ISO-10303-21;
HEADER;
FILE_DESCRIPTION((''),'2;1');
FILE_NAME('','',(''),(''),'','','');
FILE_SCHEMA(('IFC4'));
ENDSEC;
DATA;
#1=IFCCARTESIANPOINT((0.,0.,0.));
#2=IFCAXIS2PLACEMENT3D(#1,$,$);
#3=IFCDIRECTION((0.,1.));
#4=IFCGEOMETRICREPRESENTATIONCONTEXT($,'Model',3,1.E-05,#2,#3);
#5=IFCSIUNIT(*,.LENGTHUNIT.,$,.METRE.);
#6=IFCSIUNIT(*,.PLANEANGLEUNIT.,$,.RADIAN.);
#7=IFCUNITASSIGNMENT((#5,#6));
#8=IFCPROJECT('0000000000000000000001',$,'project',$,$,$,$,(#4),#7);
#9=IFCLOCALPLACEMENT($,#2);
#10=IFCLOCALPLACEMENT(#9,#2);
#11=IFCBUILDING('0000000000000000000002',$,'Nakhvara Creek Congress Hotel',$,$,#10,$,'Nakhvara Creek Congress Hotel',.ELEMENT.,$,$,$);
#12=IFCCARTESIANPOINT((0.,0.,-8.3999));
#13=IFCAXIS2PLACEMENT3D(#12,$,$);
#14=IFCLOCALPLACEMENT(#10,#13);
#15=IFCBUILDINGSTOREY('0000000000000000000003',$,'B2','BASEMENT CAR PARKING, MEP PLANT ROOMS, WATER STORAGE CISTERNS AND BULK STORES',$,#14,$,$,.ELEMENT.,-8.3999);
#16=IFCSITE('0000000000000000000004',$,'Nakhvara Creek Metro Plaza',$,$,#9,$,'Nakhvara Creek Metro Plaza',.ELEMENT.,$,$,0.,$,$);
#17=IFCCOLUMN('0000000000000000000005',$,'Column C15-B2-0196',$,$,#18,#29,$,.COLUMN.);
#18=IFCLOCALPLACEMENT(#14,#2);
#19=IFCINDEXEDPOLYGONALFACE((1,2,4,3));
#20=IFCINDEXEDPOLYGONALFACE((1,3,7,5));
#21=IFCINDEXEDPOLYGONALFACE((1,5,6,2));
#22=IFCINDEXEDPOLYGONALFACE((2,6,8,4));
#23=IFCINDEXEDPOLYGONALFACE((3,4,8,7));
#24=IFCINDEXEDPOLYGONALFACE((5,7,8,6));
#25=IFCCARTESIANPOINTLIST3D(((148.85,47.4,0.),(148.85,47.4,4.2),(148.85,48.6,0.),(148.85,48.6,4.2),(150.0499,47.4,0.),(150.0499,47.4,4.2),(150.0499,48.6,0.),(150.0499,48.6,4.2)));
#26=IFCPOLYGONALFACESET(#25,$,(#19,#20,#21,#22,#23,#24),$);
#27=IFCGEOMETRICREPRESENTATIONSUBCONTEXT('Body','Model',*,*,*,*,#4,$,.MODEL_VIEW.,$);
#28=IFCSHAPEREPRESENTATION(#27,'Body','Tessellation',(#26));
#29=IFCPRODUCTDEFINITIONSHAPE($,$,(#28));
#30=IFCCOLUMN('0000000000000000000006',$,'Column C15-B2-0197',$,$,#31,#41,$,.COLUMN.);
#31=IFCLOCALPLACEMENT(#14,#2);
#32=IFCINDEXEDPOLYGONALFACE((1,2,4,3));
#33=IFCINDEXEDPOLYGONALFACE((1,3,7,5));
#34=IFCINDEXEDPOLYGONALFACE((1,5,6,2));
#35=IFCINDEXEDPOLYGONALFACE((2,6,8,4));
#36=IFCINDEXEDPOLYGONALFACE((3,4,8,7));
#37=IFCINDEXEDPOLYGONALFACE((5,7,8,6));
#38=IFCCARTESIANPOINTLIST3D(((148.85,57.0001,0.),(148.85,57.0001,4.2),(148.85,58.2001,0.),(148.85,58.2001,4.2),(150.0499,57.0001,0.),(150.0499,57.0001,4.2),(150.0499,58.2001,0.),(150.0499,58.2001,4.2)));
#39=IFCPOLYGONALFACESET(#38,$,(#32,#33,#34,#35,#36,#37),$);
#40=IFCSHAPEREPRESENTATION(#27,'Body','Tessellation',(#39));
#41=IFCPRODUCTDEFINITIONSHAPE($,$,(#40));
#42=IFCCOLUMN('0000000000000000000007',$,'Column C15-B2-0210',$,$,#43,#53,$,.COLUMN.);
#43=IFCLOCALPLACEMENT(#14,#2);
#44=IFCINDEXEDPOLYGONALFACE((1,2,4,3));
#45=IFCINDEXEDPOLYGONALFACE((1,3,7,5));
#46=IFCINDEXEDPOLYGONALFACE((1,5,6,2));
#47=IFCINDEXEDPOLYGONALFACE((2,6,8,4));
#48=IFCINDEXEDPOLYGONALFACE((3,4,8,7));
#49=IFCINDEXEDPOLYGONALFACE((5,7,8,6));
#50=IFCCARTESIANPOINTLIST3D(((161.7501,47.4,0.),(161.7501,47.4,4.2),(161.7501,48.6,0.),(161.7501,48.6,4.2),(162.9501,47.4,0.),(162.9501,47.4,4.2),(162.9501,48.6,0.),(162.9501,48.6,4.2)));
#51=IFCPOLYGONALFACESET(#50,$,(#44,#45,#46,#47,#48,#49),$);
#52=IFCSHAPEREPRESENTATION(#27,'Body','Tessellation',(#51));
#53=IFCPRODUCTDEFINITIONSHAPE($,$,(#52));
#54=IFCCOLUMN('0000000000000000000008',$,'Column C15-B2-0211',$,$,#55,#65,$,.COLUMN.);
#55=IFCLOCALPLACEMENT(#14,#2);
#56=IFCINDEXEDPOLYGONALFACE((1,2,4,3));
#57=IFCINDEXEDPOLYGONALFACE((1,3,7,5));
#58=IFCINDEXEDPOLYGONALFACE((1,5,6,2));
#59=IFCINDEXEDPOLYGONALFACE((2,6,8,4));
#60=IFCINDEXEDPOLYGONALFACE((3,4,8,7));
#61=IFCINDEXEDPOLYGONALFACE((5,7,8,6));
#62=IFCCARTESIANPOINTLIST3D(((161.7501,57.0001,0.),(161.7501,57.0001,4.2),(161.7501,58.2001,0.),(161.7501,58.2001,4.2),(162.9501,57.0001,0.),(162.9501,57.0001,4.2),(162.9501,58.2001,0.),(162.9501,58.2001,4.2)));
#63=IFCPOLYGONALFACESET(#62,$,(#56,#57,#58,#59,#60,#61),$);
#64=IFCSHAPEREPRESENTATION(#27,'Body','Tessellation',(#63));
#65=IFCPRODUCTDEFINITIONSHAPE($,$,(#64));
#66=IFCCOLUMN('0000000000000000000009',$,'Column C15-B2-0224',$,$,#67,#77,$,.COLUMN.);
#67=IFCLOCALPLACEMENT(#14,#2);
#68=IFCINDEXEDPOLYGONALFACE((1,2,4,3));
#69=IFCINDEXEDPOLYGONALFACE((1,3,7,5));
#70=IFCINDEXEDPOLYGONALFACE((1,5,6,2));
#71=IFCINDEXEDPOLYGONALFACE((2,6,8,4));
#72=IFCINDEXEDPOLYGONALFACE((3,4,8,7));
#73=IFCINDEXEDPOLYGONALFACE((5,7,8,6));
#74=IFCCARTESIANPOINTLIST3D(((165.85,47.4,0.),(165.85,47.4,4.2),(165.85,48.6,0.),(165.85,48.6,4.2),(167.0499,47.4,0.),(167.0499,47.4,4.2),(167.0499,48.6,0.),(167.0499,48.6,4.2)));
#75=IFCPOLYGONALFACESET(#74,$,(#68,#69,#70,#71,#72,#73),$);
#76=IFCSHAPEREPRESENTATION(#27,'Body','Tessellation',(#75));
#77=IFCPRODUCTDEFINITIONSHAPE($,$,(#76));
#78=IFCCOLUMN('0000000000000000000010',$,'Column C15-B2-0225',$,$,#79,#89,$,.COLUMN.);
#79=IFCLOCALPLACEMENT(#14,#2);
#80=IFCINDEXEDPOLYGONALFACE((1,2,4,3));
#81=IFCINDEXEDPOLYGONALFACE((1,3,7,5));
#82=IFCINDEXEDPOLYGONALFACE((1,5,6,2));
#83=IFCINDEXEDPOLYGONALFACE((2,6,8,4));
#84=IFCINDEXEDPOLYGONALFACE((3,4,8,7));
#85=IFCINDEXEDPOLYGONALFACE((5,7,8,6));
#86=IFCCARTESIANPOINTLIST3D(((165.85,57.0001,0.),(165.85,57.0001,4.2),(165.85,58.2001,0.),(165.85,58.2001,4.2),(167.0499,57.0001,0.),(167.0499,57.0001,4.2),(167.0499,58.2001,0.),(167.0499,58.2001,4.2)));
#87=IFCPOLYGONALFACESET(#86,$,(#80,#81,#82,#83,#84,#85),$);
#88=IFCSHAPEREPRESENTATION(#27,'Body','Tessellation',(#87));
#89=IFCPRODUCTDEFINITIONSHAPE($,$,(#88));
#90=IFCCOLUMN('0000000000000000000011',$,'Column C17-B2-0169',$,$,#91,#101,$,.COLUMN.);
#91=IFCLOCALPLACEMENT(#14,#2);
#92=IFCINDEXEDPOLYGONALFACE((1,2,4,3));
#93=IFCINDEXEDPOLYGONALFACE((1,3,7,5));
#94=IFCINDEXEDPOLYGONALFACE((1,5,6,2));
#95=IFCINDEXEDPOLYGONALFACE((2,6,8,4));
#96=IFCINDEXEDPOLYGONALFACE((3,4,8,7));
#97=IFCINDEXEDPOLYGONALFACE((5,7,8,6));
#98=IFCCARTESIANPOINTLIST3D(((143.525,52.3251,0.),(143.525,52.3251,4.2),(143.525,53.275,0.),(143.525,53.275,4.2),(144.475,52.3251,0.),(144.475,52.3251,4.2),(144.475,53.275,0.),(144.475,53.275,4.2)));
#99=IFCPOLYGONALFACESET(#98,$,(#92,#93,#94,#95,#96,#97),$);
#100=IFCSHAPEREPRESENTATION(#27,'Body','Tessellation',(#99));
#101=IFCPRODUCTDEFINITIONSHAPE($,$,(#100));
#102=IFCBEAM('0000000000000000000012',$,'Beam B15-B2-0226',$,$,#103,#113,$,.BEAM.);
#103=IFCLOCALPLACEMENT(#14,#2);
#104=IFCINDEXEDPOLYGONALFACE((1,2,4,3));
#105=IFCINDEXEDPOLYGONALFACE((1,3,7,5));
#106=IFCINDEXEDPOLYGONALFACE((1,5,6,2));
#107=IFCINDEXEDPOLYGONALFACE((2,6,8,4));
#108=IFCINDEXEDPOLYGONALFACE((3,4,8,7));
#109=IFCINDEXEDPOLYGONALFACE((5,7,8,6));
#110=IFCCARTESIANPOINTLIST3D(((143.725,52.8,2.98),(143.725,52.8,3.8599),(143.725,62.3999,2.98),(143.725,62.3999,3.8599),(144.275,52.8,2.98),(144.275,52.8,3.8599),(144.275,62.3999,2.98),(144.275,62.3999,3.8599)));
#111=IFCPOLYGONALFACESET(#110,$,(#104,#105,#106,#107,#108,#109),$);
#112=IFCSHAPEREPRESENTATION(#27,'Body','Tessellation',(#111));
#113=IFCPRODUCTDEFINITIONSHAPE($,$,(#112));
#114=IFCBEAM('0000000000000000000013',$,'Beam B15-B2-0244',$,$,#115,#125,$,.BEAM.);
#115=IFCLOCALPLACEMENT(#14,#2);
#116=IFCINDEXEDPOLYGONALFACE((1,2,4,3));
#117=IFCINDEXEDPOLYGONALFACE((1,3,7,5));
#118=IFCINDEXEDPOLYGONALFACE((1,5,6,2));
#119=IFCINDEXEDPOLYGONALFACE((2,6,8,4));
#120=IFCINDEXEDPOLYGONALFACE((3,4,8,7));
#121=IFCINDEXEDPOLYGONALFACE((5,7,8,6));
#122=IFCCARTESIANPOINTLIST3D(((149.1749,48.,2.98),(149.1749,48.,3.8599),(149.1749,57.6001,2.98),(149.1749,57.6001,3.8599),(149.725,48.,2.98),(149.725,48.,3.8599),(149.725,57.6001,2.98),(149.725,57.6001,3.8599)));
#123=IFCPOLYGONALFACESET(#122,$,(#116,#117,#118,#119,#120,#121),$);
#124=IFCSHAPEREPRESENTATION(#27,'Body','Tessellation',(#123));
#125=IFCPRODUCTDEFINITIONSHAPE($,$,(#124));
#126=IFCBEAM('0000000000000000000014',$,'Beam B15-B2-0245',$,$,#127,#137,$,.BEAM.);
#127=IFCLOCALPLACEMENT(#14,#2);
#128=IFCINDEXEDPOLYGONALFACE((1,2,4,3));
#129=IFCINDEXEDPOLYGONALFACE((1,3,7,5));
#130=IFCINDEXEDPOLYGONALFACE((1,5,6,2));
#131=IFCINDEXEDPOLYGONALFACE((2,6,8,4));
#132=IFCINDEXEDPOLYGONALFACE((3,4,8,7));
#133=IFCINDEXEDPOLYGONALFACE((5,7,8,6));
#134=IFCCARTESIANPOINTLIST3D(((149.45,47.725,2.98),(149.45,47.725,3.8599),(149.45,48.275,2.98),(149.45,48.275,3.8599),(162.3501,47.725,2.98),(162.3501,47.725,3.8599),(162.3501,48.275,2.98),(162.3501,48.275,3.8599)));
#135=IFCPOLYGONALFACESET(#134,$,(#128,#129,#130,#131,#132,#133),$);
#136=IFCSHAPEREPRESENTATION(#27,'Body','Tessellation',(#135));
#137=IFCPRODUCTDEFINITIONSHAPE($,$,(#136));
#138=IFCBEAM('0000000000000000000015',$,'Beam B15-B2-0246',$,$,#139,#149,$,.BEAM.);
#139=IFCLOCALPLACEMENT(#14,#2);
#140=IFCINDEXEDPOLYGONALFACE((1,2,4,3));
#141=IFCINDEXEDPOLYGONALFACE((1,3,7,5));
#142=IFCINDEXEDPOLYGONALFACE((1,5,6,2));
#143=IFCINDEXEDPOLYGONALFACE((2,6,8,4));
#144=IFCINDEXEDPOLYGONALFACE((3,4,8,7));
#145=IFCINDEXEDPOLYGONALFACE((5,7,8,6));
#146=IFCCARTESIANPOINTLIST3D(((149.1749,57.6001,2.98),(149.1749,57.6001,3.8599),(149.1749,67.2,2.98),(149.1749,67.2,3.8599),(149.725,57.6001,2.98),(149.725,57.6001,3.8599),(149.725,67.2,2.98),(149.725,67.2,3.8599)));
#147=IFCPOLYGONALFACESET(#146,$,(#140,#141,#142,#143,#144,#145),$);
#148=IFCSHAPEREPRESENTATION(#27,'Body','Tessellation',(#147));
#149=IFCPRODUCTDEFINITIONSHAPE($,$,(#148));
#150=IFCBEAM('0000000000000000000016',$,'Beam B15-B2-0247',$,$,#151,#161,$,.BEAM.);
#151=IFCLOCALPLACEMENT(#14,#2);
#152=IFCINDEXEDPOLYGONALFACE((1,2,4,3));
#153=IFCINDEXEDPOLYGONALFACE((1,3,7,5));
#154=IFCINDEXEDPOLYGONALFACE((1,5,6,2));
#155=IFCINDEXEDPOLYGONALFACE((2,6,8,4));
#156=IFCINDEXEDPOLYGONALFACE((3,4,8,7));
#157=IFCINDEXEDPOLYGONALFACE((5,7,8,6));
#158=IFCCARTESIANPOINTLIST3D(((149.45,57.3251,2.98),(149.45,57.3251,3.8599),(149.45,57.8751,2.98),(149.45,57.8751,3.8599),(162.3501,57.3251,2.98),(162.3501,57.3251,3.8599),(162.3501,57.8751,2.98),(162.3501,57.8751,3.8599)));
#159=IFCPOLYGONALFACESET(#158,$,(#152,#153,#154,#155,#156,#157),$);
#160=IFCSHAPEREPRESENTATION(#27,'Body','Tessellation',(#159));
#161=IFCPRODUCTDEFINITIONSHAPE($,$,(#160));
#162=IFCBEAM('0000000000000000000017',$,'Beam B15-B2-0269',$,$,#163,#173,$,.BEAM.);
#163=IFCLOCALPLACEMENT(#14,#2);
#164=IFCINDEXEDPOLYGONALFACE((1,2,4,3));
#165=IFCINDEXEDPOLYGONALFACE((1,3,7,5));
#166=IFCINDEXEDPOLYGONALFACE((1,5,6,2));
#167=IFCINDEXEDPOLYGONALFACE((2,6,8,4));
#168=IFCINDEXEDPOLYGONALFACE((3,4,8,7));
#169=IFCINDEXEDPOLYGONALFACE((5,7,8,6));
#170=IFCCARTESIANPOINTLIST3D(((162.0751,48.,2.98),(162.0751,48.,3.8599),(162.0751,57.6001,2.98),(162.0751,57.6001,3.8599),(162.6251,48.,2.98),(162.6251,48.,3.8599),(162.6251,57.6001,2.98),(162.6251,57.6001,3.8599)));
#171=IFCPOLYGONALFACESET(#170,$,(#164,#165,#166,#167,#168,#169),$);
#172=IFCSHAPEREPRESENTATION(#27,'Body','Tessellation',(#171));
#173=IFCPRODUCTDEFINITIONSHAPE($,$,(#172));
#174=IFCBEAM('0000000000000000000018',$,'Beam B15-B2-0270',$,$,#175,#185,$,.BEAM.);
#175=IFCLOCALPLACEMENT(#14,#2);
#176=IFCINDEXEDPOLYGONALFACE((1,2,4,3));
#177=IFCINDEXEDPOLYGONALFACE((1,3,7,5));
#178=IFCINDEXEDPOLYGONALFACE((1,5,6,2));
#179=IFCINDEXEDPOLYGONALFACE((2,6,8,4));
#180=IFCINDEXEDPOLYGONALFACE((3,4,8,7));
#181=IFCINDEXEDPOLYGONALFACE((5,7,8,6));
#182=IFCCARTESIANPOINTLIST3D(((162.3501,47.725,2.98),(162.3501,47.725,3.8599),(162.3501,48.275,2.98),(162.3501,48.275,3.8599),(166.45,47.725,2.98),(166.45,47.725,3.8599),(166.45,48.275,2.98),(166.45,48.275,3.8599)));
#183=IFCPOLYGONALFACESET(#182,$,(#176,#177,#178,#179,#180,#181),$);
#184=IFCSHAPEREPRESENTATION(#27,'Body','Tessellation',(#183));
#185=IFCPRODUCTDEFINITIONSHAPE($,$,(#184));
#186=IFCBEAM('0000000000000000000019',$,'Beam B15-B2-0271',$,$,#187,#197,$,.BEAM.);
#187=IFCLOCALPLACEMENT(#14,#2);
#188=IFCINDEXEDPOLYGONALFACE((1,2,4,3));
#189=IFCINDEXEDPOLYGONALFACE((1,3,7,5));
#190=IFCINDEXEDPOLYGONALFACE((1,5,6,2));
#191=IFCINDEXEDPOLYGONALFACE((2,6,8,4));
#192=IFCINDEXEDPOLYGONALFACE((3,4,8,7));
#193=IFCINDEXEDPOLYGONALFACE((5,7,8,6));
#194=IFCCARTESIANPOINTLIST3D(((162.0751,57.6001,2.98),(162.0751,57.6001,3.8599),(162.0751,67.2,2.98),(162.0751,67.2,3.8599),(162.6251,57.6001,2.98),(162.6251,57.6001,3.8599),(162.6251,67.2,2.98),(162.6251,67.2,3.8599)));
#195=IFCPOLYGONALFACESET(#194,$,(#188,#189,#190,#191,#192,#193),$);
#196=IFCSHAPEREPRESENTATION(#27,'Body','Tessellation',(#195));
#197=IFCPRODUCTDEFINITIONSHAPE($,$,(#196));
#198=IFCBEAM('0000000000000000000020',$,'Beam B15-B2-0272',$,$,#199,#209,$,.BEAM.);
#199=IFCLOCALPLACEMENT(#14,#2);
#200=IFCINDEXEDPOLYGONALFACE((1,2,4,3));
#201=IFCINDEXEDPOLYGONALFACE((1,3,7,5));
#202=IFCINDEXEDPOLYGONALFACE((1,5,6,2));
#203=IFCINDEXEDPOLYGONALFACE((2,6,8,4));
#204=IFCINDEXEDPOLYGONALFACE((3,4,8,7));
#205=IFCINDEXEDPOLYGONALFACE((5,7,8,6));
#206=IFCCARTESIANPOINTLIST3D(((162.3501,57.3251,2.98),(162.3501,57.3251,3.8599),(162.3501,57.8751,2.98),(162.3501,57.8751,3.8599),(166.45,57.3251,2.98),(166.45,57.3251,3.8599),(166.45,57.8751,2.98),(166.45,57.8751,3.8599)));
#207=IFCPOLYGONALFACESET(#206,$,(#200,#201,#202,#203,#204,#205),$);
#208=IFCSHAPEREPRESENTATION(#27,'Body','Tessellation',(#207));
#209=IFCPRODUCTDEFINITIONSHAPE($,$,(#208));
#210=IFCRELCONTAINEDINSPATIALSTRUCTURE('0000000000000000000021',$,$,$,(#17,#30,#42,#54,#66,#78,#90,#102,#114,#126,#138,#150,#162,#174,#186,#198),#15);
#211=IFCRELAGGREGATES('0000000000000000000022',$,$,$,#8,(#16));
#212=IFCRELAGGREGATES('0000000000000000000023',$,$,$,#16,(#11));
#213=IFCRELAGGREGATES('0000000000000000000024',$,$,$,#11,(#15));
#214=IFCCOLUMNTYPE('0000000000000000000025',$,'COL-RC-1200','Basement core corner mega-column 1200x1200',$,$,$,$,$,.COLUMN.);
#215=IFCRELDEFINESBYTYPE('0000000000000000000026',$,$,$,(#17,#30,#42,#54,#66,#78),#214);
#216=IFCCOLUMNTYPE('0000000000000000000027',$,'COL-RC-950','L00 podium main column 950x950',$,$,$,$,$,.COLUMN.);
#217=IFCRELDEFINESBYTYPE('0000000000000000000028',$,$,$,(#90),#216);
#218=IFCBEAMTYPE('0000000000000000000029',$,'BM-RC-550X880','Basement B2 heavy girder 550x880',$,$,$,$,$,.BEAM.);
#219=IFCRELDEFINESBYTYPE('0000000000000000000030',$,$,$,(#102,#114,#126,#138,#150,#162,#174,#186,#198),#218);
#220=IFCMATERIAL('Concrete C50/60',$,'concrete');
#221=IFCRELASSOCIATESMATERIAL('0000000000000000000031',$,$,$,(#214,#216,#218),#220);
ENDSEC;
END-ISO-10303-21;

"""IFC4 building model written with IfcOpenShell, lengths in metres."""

from ifc_helpers import new_model, si_unit, direction, frame, origin, origin_2d, place, context, subcontext, project, spatial, rectangle, extrude, material, material_profile, profile_set, type_object, element, save


model = new_model("IFC4")

# Units and contexts
model_context = context("Model", 3, precision=1e-05, world=origin(), true_north=direction((0.0, 1.0)))
body_context = subcontext(model_context, "Body", "Model", "MODEL_VIEW")
ifc_project = project(units=[si_unit("LENGTHUNIT", "METRE"), si_unit("PLANEANGLEUNIT", "RADIAN")], contexts=[model_context])

# Site, building, storey
site_placement = place(None, origin())
site = spatial("IfcSite", under=ifc_project, at=site_placement, Name="Nakhvara Creek Metro Plaza", LongName="Nakhvara Creek Metro Plaza", CompositionType="ELEMENT", RefElevation=0.0)
building_placement = place(site_placement, origin())
building = spatial("IfcBuilding", under=site, at=building_placement, Name="Nakhvara Creek Congress Hotel", LongName="Nakhvara Creek Congress Hotel", CompositionType="ELEMENT")
storey_placement = place(building_placement, frame((0.0, 0.0, -8.3999)))
storey = spatial("IfcBuildingStorey", under=building, at=storey_placement, Name="B2", Description="BASEMENT CAR PARKING, MEP PLANT ROOMS, WATER STORAGE CISTERNS AND BULK STORES", CompositionType="ELEMENT", Elevation=-8.3999)

# Columns
ifc_material_1 = material(Name="Concrete C50/60", Category="concrete")
ifc_material_profile_1 = material_profile(ifc_material_1, rectangle(XDim=1.2, YDim=1.2, at=origin_2d()), Name="RC-COL 1200x1200", Category="LoadBearing")
ifc_profile_set_1 = profile_set([ifc_material_profile_1], Name="Concrete C50/60")
column_type_1 = type_object("IfcColumnType", Name="COL-RC-1200", Description="Basement core corner mega-column 1200x1200", PredefinedType="COLUMN", material=ifc_profile_set_1)
for number, where, z_axis, x_axis, name in (
    (1, (149.45, 48.0, 0.0), (0.0, 0.0, 1.0), (1.0, 0.0, 0.0), "Column C15-B2-0196"),
    (2, (149.45, 57.6001, 0.0), (0.0, 0.0, 1.0), (1.0, 0.0, 0.0), "Column C15-B2-0197"),
    (3, (162.3501, 48.0, 0.0), (0.0, 0.0, 1.0), (1.0, 0.0, 0.0), "Column C15-B2-0210"),
    (4, (162.3501, 57.6001, 0.0), (0.0, 0.0, 1.0), (1.0, 0.0, 0.0), "Column C15-B2-0211"),
    (5, (166.45, 48.0, 0.0), (0.0, 0.0, 1.0), (1.0, 0.0, 0.0), "Column C15-B2-0224"),
    (6, (166.45, 57.6001, 0.0), (0.0, 0.0, 1.0), (1.0, 0.0, 0.0), "Column C15-B2-0225"),
):
    element("IfcColumn", number, at=place(storey_placement, frame(where, z_axis=z_axis, x_axis=x_axis)), inside=storey, type_object=column_type_1, Name=name, PredefinedType="COLUMN", context=body_context, shape_type="SweptSolid", body=[
        extrude(rectangle(XDim=1.2, YDim=1.2, at=origin_2d()), origin(), (0.0, 0.0, 1.0), 4.2),
    ])
ifc_material_profile_2 = material_profile(ifc_material_1, rectangle(XDim=0.95, YDim=0.95, at=origin_2d()), Name="RC-COL 950x950", Category="LoadBearing")
ifc_profile_set_2 = profile_set([ifc_material_profile_2], Name="Concrete C50/60")
column_type_2 = type_object("IfcColumnType", Name="COL-RC-950", Description="L00 podium main column 950x950", PredefinedType="COLUMN", material=ifc_profile_set_2)
column_placement = place(storey_placement, frame((144.0, 52.8, 0.0), z_axis=(0.0, 0.0, 1.0), x_axis=(1.0, 0.0, 0.0)))
element("IfcColumn", 7, at=column_placement, inside=storey, type_object=column_type_2, Name="Column C17-B2-0169", PredefinedType="COLUMN", context=body_context, shape_type="SweptSolid", body=[
    extrude(rectangle(XDim=0.95, YDim=0.95, at=origin_2d()), origin(), (0.0, 0.0, 1.0), 4.2),
])

# Beams
ifc_material_profile_3 = material_profile(ifc_material_1, rectangle(XDim=0.55, YDim=0.8799, at=origin_2d()), Name="RC-BM 550x880", Category="LoadBearing")
ifc_profile_set_3 = profile_set([ifc_material_profile_3], Name="Concrete C50/60")
beam_type = type_object("IfcBeamType", Name="BM-RC-550X880", Description="Basement B2 heavy girder 550x880", PredefinedType="BEAM", material=ifc_profile_set_3)
beam_1_placement = place(storey_placement, frame((144.0, 52.8, 3.4199), z_axis=(0.0, 1.0, 0.0), x_axis=(-1.0, 0.0, 0.0)))
element("IfcBeam", 8, at=beam_1_placement, inside=storey, type_object=beam_type, Name="Beam B15-B2-0226", PredefinedType="BEAM", context=body_context, shape_type="SweptSolid", body=[
    extrude(rectangle(XDim=0.55, YDim=0.8799, at=origin_2d()), origin(), (0.0, 0.0, 1.0), 9.5999),
])
beam_2_placement = place(storey_placement, frame((149.45, 48.0, 3.4199), z_axis=(0.0, 1.0, 0.0), x_axis=(-1.0, 0.0, 0.0)))
element("IfcBeam", 9, at=beam_2_placement, inside=storey, type_object=beam_type, Name="Beam B15-B2-0244", PredefinedType="BEAM", context=body_context, shape_type="SweptSolid", body=[
    extrude(rectangle(XDim=0.55, YDim=0.8799, at=origin_2d()), origin(), (0.0, 0.0, 1.0), 9.6001),
])
beam_3_placement = place(storey_placement, frame((149.45, 48.0, 3.4199), z_axis=(1.0, 0.0, 0.0), x_axis=(0.0, 1.0, 0.0)))
element("IfcBeam", 10, at=beam_3_placement, inside=storey, type_object=beam_type, Name="Beam B15-B2-0245", PredefinedType="BEAM", context=body_context, shape_type="SweptSolid", body=[
    extrude(rectangle(XDim=0.55, YDim=0.8799, at=origin_2d()), origin(), (0.0, 0.0, 1.0), 12.9001),
])
beam_4_placement = place(storey_placement, frame((149.45, 57.6001, 3.4199), z_axis=(0.0, 1.0, 0.0), x_axis=(-1.0, 0.0, 0.0)))
element("IfcBeam", 11, at=beam_4_placement, inside=storey, type_object=beam_type, Name="Beam B15-B2-0246", PredefinedType="BEAM", context=body_context, shape_type="SweptSolid", body=[
    extrude(rectangle(XDim=0.55, YDim=0.8799, at=origin_2d()), origin(), (0.0, 0.0, 1.0), 9.5999),
])
beam_5_placement = place(storey_placement, frame((149.45, 57.6001, 3.4199), z_axis=(1.0, 0.0, 0.0), x_axis=(0.0, 1.0, 0.0)))
element("IfcBeam", 12, at=beam_5_placement, inside=storey, type_object=beam_type, Name="Beam B15-B2-0247", PredefinedType="BEAM", context=body_context, shape_type="SweptSolid", body=[
    extrude(rectangle(XDim=0.55, YDim=0.8799, at=origin_2d()), origin(), (0.0, 0.0, 1.0), 12.9001),
])
beam_6_placement = place(storey_placement, frame((162.3501, 48.0, 3.4199), z_axis=(0.0, 1.0, 0.0), x_axis=(-1.0, 0.0, 0.0)))
element("IfcBeam", 13, at=beam_6_placement, inside=storey, type_object=beam_type, Name="Beam B15-B2-0269", PredefinedType="BEAM", context=body_context, shape_type="SweptSolid", body=[
    extrude(rectangle(XDim=0.55, YDim=0.8799, at=origin_2d()), origin(), (0.0, 0.0, 1.0), 9.6001),
])
beam_7_placement = place(storey_placement, frame((162.3501, 48.0, 3.4199), z_axis=(1.0, 0.0, 0.0), x_axis=(0.0, 1.0, 0.0)))
element("IfcBeam", 14, at=beam_7_placement, inside=storey, type_object=beam_type, Name="Beam B15-B2-0270", PredefinedType="BEAM", context=body_context, shape_type="SweptSolid", body=[
    extrude(rectangle(XDim=0.55, YDim=0.8799, at=origin_2d()), origin(), (0.0, 0.0, 1.0), 4.0999),
])
beam_8_placement = place(storey_placement, frame((162.3501, 57.6001, 3.4199), z_axis=(0.0, 1.0, 0.0), x_axis=(-1.0, 0.0, 0.0)))
element("IfcBeam", 15, at=beam_8_placement, inside=storey, type_object=beam_type, Name="Beam B15-B2-0271", PredefinedType="BEAM", context=body_context, shape_type="SweptSolid", body=[
    extrude(rectangle(XDim=0.55, YDim=0.8799, at=origin_2d()), origin(), (0.0, 0.0, 1.0), 9.5999),
])
beam_9_placement = place(storey_placement, frame((162.3501, 57.6001, 3.4199), z_axis=(1.0, 0.0, 0.0), x_axis=(0.0, 1.0, 0.0)))
element("IfcBeam", 16, at=beam_9_placement, inside=storey, type_object=beam_type, Name="Beam B15-B2-0272", PredefinedType="BEAM", context=body_context, shape_type="SweptSolid", body=[
    extrude(rectangle(XDim=0.55, YDim=0.8799, at=origin_2d()), origin(), (0.0, 0.0, 1.0), 4.0999),
])

save(model, "model.ifc")
